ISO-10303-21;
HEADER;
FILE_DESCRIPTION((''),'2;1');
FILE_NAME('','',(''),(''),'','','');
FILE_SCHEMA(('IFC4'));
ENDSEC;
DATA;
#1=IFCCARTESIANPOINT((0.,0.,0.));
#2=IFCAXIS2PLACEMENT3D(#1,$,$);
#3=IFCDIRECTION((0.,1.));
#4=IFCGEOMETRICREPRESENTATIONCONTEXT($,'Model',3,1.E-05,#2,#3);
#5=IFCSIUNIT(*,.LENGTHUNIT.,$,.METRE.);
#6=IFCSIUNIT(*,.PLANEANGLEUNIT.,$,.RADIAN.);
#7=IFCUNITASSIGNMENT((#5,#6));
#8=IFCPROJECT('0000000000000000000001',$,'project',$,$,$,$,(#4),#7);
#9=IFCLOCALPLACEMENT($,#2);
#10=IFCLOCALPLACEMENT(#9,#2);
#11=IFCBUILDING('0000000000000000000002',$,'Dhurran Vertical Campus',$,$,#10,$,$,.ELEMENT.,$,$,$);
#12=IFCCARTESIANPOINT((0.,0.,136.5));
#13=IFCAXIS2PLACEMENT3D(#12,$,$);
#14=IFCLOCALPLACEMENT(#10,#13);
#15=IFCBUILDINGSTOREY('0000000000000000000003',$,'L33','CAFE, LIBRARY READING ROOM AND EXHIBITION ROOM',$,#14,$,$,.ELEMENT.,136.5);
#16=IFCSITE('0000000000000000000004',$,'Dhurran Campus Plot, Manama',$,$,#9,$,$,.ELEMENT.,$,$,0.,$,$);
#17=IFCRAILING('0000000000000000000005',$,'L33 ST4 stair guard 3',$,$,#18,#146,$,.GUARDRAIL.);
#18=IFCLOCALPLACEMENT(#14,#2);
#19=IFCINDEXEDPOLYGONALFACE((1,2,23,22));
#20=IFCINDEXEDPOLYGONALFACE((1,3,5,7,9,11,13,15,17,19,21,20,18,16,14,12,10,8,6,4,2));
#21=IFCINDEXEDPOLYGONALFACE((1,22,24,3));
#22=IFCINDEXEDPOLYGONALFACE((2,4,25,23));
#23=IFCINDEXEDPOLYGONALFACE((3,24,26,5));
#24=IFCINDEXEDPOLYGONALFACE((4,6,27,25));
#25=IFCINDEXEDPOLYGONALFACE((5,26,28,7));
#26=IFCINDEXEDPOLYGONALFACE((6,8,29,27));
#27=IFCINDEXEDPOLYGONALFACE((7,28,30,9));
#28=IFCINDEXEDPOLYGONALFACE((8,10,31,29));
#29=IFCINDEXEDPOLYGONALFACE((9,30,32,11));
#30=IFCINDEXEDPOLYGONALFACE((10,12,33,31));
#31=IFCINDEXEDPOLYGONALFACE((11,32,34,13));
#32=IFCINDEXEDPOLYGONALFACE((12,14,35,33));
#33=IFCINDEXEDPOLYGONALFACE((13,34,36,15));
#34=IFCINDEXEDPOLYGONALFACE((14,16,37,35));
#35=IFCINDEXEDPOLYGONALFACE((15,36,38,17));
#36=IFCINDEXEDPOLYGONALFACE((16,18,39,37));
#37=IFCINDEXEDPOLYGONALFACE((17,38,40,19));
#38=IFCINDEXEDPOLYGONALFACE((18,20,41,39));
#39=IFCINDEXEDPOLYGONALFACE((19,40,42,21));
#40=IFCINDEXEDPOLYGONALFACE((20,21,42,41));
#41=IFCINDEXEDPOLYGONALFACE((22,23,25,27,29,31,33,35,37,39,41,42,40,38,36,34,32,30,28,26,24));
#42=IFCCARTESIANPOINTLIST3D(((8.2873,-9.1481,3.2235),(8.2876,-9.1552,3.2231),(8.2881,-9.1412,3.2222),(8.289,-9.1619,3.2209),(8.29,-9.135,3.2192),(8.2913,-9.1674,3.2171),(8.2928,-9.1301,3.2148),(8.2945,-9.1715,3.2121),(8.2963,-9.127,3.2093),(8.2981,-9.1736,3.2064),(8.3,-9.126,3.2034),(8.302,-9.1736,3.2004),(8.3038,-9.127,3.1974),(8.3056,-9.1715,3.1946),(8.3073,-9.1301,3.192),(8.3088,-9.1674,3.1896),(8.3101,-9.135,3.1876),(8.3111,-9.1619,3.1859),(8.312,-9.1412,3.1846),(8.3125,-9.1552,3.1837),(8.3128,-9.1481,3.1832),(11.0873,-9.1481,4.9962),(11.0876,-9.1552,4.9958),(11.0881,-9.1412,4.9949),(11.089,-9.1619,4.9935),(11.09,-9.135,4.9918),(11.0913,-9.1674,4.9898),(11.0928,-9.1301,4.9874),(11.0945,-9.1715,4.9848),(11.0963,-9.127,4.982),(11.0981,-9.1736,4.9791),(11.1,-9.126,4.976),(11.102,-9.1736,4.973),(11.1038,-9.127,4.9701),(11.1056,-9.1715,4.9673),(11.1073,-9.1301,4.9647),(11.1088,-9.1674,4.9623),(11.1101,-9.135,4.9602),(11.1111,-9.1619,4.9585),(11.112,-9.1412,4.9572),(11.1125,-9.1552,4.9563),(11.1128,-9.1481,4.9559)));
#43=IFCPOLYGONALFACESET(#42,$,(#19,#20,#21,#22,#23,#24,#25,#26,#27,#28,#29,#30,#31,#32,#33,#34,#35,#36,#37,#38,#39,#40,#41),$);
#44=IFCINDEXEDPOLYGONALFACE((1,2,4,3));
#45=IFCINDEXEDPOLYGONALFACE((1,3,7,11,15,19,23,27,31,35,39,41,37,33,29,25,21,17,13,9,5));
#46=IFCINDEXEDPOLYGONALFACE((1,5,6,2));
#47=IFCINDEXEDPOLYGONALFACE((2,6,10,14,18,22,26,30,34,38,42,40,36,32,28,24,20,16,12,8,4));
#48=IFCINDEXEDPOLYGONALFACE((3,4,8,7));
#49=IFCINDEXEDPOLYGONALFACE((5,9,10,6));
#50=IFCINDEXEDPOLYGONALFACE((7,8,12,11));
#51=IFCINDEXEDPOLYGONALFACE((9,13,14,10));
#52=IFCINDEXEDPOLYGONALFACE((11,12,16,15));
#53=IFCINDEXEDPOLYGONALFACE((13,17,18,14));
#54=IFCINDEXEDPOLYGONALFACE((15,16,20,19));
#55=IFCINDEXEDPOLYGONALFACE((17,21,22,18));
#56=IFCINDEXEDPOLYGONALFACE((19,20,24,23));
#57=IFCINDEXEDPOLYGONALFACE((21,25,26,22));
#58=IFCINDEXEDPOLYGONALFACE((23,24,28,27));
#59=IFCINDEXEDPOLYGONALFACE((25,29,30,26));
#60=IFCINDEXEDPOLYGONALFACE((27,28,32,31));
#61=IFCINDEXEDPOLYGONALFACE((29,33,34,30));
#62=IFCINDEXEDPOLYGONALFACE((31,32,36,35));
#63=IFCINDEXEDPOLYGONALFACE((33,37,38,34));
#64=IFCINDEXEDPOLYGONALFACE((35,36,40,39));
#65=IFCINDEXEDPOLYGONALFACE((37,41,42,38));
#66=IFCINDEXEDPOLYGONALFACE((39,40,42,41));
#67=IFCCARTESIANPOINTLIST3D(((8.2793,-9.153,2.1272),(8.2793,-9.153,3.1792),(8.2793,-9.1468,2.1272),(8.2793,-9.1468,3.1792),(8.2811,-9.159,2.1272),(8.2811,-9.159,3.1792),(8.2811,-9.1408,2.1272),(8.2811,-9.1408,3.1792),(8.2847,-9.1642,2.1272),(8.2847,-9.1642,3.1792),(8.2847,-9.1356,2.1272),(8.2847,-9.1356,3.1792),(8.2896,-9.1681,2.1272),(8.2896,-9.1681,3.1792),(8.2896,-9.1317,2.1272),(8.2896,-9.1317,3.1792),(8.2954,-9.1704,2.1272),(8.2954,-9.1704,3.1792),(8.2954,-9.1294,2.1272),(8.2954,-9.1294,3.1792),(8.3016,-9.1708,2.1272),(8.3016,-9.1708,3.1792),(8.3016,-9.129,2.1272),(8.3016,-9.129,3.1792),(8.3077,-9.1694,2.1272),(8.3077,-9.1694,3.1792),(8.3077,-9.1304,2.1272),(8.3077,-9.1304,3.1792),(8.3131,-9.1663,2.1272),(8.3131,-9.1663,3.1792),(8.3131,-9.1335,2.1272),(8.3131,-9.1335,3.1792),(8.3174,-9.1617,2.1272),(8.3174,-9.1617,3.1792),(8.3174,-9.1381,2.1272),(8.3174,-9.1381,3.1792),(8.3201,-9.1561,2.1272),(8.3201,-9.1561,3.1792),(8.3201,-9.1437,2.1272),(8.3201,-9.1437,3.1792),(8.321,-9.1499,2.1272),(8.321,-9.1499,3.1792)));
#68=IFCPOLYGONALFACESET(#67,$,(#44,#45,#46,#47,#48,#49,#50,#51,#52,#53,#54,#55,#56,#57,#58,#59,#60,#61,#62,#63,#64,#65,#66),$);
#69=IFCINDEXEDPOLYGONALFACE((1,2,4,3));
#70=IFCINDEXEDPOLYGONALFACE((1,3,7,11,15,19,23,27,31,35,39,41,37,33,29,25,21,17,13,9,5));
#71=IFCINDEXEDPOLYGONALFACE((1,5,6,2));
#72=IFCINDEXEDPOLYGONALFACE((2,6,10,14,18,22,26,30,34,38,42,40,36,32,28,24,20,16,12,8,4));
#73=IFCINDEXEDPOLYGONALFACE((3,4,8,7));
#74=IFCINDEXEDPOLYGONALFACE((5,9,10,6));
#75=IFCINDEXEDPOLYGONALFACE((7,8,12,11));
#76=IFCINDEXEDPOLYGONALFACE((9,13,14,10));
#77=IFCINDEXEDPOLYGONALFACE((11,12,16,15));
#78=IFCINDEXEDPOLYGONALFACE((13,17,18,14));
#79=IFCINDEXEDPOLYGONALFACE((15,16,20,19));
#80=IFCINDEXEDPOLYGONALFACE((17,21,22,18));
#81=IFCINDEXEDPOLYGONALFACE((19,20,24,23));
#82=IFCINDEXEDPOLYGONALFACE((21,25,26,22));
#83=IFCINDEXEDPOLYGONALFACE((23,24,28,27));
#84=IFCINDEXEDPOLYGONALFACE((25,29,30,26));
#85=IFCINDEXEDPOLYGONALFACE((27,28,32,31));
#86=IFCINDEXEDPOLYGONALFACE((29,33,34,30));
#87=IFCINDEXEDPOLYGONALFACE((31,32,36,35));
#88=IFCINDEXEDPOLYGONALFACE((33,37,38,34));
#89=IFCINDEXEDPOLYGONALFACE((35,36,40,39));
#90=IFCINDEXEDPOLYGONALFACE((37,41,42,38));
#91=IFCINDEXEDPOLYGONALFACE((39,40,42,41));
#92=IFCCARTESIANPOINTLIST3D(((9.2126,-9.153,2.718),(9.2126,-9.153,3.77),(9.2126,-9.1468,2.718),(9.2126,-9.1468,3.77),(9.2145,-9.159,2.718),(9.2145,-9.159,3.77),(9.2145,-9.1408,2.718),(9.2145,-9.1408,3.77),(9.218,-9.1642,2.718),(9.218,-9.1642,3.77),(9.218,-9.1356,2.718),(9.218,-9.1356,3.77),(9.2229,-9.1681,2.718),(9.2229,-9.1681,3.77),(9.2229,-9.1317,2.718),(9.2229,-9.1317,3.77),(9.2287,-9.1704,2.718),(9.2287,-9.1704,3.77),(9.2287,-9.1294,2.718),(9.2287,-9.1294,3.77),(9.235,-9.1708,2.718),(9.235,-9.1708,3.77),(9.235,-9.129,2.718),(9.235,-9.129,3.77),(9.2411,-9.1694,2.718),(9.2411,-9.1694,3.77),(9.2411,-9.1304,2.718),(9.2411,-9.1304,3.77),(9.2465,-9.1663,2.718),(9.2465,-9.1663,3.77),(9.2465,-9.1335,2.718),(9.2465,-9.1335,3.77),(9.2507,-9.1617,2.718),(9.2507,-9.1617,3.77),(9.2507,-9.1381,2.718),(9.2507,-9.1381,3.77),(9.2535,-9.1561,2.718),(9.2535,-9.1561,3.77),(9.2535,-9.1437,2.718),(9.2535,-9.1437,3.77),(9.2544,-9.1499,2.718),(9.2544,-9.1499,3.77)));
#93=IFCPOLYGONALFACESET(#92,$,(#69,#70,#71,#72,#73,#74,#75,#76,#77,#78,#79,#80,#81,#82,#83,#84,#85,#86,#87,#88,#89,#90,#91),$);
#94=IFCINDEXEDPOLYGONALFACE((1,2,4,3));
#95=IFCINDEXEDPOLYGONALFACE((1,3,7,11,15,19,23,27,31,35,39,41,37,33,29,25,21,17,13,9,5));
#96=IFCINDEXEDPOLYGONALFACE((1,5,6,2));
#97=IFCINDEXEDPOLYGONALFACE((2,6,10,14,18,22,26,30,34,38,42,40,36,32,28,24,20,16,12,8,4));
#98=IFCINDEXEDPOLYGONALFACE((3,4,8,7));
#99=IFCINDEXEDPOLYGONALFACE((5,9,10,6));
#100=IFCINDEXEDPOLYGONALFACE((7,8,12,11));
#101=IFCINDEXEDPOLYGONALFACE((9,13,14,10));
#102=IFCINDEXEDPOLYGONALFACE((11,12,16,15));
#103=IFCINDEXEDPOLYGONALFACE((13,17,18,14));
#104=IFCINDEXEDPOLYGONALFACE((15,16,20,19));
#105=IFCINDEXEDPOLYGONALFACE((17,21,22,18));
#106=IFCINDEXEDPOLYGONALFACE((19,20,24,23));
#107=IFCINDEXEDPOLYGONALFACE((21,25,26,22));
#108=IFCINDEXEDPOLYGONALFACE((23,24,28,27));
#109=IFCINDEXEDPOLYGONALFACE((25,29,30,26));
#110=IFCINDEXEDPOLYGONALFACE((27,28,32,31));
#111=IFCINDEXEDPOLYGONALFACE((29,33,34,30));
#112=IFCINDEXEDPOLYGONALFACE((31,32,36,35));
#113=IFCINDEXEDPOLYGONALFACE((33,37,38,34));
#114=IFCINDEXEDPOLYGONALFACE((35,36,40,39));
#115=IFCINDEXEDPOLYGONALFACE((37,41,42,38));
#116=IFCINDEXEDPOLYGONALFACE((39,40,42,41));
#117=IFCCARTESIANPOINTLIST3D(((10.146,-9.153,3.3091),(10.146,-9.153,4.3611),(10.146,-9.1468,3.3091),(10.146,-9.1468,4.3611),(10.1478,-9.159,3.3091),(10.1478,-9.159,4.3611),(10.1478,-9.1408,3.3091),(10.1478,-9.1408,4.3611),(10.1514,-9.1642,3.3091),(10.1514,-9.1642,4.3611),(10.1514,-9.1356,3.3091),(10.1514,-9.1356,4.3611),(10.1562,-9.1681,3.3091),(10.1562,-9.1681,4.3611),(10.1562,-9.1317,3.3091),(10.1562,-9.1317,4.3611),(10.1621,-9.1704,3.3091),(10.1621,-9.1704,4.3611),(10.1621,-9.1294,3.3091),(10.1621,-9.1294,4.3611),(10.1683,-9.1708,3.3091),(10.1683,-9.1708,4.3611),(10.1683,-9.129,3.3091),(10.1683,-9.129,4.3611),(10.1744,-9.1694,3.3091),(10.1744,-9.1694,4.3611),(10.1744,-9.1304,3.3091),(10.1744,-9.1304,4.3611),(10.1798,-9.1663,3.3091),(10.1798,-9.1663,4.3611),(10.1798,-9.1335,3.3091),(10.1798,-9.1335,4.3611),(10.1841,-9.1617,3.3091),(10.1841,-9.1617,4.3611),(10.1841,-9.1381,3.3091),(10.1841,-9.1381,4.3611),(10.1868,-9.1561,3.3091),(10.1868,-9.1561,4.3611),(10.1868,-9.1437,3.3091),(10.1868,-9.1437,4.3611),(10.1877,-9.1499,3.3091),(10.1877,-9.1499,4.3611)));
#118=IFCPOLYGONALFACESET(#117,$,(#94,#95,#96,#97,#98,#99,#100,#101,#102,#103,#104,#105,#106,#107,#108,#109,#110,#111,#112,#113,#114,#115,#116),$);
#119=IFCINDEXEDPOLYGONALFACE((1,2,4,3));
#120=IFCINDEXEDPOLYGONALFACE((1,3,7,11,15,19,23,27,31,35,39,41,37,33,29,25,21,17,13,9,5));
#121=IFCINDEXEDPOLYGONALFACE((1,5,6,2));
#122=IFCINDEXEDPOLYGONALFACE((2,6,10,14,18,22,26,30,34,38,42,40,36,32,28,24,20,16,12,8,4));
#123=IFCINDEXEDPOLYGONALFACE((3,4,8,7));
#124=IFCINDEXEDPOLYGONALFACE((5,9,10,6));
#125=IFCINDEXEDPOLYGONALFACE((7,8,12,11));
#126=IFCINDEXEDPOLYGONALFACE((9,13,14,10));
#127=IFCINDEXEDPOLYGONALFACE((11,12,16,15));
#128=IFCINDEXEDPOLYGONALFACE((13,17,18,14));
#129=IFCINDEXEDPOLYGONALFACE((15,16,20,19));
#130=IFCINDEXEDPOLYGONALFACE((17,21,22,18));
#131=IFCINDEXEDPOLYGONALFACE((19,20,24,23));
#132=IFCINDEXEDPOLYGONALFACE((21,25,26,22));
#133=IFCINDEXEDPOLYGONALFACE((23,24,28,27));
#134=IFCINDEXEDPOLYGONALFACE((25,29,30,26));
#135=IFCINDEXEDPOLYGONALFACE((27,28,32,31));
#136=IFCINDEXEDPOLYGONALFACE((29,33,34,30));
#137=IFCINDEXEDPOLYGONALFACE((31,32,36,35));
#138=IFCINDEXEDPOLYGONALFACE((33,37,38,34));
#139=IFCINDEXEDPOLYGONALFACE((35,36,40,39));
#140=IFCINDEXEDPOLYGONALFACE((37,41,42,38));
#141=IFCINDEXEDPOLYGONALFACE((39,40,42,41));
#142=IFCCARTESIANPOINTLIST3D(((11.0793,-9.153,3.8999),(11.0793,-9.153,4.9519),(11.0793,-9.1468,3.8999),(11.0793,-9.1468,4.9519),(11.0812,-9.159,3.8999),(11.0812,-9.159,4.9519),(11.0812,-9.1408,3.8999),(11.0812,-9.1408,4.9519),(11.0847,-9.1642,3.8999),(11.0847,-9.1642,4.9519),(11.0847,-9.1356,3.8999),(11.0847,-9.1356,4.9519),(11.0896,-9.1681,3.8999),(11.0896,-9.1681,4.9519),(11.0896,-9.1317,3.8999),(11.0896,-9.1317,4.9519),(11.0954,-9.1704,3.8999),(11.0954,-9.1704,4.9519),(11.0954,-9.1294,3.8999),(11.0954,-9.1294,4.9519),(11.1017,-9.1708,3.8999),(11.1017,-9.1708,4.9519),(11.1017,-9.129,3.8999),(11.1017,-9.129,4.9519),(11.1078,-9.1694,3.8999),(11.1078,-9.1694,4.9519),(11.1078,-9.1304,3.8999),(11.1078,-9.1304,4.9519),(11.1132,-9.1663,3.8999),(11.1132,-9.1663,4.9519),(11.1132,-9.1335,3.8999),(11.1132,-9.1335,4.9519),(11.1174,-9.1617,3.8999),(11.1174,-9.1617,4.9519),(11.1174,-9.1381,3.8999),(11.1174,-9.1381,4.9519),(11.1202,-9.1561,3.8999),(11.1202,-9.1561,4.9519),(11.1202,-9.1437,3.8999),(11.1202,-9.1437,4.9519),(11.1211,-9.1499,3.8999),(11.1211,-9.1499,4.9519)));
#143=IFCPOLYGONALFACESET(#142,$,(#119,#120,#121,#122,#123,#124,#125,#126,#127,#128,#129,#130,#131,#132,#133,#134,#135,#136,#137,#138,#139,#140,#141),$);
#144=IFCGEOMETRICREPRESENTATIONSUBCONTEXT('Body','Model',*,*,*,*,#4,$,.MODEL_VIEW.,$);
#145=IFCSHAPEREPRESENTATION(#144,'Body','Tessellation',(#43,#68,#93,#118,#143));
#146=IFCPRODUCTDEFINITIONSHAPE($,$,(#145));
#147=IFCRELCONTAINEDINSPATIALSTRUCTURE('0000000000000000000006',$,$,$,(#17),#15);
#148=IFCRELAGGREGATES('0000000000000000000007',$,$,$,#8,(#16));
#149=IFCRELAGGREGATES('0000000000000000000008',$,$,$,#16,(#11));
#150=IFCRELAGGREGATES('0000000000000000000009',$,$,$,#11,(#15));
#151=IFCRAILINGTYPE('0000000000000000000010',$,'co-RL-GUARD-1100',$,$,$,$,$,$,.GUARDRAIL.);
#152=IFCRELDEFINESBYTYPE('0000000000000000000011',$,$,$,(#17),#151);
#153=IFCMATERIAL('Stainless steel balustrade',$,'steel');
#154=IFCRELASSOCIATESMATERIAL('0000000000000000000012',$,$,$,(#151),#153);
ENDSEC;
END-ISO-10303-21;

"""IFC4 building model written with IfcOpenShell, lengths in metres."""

from ifc_helpers import new_model, si_unit, direction, frame, origin, origin_2d, place, context, subcontext, project, spatial, circle, extrude, material, type_object, element, save


model = new_model("IFC4")

# Units and contexts
model_context = context("Model", 3, precision=1e-05, world=origin(), true_north=direction((0.0, 1.0)))
body_context = subcontext(model_context, "Body", "Model", "MODEL_VIEW")
ifc_project = project(units=[si_unit("LENGTHUNIT", "METRE"), si_unit("PLANEANGLEUNIT", "RADIAN")], contexts=[model_context])

# Site, building, storey
site_placement = place(None, origin())
site = spatial("IfcSite", under=ifc_project, at=site_placement, Name="Dhurran Campus Plot, Manama", CompositionType="ELEMENT", RefElevation=0.0)
building_placement = place(site_placement, origin())
building = spatial("IfcBuilding", under=site, at=building_placement, Name="Dhurran Vertical Campus", CompositionType="ELEMENT")
storey_placement = place(building_placement, frame((0.0, 0.0, 136.5)))
storey = spatial("IfcBuildingStorey", under=building, at=storey_placement, Name="L33", Description="CAFE, LIBRARY READING ROOM AND EXHIBITION ROOM", CompositionType="ELEMENT", Elevation=136.5)

# Railing
ifc_material_1 = material(Name="Stainless steel balustrade", Category="steel")
railing_type_1 = type_object("IfcRailingType", Name="co-RL-GUARD-1100", PredefinedType="GUARDRAIL", material=ifc_material_1)
railing_1_placement = place(storey_placement, frame((8.3, -9.1499, 2.1272)))
element("IfcRailing", 1, at=railing_1_placement, inside=storey, type_object=railing_type_1, Name="L33 ST4 stair guard 3", PredefinedType="GUARDRAIL", context=body_context, shape_type="SweptSolid", body=[
    extrude(circle(Radius=0.0239, at=origin_2d()), frame((0.0, 0.0, 1.0762), z_axis=(0.844909, 0.0, 0.53491), x_axis=(0.0, 1.0, 0.0)), (0.0, 0.0, 1.0), 3.314),
    extrude(circle(Radius=0.021, at=origin_2d()), origin(), (0.0, 0.0, 1.0), 1.052),
    extrude(circle(Radius=0.021, at=origin_2d()), frame((0.9333, 0.0, 0.5908)), (0.0, 0.0, 1.0), 1.052),
    extrude(circle(Radius=0.021, at=origin_2d()), frame((1.8667, 0.0, 1.1819)), (0.0, 0.0, 1.0), 1.052),
    extrude(circle(Radius=0.021, at=origin_2d()), frame((2.8, 0.0, 1.7727)), (0.0, 0.0, 1.0), 1.052),
])

save(model, "model.ifc")
